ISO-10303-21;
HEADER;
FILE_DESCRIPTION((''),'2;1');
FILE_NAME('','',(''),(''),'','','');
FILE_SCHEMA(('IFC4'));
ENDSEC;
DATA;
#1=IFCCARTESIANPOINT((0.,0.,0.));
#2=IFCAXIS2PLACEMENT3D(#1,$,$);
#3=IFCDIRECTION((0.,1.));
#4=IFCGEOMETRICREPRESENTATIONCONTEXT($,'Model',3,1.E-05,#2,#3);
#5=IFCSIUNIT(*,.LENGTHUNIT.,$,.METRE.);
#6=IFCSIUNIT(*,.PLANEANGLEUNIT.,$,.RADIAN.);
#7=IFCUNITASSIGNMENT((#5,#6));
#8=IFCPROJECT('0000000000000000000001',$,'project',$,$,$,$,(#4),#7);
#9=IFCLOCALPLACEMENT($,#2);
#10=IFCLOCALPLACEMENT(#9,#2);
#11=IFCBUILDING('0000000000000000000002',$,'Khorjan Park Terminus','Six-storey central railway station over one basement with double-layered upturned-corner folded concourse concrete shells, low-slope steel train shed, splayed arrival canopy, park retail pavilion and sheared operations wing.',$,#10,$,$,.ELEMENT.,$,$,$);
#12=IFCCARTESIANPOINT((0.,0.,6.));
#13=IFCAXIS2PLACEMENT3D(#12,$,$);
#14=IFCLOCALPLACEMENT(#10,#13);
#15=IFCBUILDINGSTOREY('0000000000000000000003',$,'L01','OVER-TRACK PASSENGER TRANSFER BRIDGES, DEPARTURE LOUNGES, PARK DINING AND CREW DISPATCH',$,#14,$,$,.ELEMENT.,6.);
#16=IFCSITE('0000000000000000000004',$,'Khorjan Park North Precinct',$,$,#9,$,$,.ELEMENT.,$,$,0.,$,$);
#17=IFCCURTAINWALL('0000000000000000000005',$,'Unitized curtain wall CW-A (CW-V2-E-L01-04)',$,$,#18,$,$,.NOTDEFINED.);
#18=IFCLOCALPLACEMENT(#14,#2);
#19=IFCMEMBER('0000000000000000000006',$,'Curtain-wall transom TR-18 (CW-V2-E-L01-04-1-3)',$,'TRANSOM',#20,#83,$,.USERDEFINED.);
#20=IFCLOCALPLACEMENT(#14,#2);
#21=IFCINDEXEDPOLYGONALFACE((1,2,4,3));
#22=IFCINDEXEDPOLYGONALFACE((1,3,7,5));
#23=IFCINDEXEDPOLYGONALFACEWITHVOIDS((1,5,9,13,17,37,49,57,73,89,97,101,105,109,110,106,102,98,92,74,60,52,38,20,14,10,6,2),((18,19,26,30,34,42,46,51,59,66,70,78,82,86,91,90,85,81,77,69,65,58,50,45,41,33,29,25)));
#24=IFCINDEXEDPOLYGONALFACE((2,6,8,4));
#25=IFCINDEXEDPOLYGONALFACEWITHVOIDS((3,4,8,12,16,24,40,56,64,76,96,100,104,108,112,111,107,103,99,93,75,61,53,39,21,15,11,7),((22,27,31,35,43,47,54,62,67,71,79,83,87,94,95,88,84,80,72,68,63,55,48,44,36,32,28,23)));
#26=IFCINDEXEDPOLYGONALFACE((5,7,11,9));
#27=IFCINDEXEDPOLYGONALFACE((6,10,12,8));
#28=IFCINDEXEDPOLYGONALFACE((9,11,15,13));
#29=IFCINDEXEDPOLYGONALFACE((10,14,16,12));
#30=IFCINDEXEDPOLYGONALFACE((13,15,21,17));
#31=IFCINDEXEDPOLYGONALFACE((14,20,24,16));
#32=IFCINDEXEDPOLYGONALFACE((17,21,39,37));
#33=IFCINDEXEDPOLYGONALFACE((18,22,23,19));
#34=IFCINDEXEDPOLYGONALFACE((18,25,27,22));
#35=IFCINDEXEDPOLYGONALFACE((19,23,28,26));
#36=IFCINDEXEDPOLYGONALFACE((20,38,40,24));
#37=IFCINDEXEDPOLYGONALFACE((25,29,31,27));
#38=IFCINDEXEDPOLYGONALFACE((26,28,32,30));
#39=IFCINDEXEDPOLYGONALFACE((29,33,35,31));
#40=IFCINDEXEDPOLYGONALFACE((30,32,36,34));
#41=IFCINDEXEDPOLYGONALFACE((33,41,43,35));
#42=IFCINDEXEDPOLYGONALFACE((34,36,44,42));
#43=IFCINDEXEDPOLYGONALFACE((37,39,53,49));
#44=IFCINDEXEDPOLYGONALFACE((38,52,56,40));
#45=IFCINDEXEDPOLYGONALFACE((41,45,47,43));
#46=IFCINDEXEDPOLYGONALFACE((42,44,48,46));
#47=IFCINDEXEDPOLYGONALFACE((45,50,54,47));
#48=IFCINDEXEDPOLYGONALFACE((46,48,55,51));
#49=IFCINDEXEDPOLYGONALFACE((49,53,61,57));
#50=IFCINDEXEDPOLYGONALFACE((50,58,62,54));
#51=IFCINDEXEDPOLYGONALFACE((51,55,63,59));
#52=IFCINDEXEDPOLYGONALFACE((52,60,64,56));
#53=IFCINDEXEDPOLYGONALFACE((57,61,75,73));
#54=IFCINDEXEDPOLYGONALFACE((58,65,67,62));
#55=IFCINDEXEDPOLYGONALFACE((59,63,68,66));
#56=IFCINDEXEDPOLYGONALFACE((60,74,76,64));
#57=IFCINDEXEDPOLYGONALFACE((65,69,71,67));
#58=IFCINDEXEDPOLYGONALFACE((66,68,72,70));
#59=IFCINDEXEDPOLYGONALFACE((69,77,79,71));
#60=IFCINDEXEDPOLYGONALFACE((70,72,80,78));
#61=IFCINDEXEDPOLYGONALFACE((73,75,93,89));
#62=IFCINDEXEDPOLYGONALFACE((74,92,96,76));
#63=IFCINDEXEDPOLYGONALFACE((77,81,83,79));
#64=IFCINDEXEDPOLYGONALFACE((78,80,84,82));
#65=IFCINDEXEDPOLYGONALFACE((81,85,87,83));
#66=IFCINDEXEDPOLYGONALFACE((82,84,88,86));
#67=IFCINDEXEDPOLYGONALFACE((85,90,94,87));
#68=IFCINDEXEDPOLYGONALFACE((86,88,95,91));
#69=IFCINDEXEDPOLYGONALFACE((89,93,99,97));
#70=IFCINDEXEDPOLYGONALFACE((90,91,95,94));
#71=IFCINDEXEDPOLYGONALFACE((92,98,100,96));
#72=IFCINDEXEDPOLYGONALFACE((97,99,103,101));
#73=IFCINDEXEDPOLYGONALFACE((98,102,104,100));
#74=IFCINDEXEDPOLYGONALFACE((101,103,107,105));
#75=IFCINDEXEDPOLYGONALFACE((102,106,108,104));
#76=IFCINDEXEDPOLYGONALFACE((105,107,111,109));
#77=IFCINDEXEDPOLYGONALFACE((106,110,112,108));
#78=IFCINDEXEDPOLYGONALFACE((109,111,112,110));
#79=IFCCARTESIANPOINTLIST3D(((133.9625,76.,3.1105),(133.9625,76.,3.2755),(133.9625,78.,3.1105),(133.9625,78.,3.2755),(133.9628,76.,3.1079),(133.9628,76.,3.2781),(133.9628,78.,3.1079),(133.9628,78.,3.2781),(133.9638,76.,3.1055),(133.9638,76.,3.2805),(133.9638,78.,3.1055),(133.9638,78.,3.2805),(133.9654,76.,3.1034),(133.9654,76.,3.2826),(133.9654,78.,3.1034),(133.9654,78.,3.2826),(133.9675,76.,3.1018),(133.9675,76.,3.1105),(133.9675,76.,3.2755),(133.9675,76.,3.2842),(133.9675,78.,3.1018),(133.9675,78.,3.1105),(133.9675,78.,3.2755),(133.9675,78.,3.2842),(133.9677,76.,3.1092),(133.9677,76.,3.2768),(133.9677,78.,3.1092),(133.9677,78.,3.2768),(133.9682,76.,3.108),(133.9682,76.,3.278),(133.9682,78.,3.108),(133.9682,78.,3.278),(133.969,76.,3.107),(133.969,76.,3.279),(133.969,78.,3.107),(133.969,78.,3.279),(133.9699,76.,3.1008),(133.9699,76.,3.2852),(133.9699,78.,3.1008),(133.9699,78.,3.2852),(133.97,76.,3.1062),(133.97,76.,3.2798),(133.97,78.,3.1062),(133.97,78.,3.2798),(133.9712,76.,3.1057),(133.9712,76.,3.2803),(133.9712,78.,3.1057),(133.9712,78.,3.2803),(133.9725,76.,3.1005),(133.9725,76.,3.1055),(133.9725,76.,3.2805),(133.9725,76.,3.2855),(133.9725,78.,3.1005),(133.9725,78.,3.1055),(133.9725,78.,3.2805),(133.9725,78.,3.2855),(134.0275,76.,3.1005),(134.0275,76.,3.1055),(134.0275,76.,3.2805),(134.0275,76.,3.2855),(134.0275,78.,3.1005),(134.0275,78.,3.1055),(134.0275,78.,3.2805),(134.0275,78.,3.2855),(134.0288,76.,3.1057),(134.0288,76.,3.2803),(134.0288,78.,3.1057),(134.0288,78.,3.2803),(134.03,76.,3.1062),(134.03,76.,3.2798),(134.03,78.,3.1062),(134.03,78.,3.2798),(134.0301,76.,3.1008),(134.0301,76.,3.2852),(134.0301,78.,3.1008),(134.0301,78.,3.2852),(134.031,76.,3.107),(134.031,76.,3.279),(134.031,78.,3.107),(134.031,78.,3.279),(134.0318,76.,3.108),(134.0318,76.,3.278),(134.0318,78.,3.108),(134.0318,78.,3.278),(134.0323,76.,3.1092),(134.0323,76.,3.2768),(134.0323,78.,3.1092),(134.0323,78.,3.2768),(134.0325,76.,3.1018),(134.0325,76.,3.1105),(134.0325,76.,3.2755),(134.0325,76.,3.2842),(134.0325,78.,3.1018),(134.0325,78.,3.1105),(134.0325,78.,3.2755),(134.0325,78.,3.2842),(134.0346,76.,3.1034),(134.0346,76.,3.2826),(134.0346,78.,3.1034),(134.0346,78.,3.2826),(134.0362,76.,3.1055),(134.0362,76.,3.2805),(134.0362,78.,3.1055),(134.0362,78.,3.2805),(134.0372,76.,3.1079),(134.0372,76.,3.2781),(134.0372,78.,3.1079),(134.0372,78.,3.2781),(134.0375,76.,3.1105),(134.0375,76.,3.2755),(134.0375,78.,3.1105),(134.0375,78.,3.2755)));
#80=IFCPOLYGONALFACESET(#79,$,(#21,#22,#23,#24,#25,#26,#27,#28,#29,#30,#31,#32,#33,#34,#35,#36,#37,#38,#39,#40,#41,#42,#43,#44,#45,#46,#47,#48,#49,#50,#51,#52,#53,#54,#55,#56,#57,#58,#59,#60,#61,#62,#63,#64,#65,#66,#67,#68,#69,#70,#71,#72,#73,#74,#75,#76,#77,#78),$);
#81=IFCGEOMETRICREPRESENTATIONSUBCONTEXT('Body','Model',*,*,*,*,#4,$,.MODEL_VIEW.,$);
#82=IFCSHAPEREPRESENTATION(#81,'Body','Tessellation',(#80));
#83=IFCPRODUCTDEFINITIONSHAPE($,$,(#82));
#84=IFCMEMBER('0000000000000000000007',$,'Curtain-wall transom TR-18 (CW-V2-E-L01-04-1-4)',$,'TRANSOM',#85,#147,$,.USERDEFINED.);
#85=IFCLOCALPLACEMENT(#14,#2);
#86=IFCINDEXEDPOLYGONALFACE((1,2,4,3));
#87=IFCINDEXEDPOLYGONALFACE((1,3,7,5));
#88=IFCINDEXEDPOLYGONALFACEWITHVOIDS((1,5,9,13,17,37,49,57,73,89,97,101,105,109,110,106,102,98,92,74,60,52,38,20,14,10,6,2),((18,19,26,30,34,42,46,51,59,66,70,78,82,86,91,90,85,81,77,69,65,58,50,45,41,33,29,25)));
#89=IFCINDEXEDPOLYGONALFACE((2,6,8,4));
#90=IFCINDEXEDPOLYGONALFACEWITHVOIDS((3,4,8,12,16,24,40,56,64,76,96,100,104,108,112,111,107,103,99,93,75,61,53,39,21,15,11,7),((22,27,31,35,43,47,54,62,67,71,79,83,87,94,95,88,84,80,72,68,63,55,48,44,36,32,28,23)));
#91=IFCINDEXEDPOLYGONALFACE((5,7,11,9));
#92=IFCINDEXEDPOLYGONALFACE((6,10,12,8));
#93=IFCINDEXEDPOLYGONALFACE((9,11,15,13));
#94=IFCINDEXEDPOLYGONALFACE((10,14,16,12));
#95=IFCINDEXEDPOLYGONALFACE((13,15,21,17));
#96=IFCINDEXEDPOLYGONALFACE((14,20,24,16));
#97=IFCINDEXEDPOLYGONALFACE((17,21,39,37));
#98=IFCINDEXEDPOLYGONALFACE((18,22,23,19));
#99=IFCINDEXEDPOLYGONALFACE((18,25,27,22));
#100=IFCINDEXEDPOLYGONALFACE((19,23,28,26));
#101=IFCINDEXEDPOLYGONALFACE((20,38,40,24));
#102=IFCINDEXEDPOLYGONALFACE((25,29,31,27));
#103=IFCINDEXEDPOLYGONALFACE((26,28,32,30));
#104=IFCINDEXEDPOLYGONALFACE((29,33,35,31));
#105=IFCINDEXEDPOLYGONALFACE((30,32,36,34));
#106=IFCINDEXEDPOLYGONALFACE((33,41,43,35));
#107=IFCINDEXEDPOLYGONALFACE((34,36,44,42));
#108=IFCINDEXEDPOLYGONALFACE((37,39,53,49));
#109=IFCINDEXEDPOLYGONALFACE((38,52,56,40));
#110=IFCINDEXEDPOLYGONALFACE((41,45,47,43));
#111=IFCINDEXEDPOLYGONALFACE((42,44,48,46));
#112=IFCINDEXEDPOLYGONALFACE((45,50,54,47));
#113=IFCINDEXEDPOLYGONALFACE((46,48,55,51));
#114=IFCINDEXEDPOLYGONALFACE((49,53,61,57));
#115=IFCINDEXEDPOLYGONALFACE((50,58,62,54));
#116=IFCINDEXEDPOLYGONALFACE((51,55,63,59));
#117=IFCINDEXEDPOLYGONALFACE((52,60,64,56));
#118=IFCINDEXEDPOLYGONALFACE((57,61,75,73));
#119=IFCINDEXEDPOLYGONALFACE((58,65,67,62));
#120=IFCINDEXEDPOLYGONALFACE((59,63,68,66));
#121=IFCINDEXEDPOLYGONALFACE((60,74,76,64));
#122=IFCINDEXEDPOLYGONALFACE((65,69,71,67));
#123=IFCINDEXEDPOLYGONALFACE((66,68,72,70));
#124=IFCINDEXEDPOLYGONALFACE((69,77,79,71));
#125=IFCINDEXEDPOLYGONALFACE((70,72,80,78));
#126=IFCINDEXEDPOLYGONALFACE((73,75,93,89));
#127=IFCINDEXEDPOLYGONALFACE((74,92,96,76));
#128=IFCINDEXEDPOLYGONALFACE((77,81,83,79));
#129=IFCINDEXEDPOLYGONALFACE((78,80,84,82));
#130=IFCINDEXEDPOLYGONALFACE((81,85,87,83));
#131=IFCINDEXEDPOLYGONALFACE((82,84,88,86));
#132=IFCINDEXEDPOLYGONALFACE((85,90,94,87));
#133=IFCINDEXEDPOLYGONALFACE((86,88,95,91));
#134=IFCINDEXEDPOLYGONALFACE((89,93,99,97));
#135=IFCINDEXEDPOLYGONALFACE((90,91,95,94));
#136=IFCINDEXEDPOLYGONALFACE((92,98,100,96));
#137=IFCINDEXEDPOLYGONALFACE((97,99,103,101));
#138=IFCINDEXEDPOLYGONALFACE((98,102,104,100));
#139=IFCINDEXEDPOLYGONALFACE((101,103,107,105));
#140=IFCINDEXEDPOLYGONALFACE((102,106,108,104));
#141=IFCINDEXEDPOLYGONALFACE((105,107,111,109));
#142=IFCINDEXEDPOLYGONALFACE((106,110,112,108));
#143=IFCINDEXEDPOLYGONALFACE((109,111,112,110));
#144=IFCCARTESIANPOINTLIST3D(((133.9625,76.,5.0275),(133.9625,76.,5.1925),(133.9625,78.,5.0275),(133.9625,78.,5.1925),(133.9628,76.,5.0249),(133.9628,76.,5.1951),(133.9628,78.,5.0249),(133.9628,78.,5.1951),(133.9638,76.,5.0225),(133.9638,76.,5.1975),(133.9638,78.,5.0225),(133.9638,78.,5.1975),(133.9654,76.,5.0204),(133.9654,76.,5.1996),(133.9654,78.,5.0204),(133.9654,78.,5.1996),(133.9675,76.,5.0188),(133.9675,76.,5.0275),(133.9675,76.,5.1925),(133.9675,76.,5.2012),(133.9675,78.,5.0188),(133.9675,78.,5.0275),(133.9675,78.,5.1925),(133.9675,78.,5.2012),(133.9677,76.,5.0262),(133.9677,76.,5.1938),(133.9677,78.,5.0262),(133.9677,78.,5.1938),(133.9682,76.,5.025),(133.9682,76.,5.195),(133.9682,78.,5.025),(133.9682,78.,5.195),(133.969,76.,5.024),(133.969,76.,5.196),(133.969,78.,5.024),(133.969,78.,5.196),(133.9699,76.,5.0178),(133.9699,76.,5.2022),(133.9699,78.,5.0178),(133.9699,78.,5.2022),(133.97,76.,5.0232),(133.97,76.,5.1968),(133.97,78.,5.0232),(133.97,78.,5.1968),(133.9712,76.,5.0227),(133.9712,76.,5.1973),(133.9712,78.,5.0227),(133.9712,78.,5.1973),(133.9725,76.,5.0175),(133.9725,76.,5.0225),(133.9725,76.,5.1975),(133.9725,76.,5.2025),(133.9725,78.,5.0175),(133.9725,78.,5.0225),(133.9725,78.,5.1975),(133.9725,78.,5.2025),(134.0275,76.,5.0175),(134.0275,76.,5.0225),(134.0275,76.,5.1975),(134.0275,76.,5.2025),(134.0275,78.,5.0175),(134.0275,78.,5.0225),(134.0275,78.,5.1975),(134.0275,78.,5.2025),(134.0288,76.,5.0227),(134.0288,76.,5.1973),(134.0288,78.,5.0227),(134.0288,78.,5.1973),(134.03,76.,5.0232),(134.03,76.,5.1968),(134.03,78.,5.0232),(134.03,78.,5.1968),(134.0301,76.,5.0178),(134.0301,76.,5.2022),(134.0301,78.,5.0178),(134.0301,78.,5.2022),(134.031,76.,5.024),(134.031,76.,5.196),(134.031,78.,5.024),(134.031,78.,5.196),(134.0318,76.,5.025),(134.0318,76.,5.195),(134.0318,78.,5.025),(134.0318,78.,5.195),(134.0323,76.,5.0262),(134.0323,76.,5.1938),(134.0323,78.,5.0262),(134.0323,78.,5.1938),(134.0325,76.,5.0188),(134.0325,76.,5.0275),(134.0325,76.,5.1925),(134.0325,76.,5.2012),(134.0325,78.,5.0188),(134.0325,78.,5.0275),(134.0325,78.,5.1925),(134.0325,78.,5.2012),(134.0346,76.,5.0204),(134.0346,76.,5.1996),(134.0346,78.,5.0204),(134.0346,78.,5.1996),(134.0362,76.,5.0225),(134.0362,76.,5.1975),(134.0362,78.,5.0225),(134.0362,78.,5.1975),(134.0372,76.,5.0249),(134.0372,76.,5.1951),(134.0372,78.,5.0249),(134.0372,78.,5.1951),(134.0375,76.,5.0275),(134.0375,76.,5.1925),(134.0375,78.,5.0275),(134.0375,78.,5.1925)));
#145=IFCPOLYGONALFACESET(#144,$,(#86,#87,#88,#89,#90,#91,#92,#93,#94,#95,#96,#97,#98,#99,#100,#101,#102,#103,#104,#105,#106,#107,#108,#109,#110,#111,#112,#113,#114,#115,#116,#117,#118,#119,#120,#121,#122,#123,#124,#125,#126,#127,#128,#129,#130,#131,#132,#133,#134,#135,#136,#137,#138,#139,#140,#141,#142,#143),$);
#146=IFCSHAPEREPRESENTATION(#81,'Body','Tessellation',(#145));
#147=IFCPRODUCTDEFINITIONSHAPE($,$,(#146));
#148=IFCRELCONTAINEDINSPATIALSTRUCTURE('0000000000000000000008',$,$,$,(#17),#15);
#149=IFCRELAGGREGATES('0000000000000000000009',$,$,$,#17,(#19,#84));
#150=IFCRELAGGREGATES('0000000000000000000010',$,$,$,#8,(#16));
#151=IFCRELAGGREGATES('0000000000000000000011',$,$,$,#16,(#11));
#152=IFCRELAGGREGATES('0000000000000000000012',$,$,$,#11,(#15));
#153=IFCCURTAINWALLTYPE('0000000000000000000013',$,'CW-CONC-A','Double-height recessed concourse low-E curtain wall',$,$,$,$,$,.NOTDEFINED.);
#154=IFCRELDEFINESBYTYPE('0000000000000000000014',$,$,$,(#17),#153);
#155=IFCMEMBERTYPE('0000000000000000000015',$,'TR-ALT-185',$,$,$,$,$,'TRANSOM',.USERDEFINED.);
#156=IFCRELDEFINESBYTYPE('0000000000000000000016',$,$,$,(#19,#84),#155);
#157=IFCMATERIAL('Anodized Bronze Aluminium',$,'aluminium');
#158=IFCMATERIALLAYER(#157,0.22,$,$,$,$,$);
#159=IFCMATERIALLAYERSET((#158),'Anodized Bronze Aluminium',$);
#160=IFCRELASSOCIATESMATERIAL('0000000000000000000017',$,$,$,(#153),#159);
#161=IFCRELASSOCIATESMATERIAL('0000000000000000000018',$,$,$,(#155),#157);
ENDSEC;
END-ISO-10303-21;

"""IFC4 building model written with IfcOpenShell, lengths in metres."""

from ifc_helpers import new_model, si_unit, direction, frame, origin, origin_2d, place, context, subcontext, project, spatial, hollow_rectangle, extrude, material, layer, layer_set, material_profile, profile_set, type_object, element, aggregate, save


model = new_model("IFC4")

# Units and contexts
model_context = context("Model", 3, precision=1e-05, world=origin(), true_north=direction((0.0, 1.0)))
body_context = subcontext(model_context, "Body", "Model", "MODEL_VIEW")
ifc_project = project(units=[si_unit("LENGTHUNIT", "METRE"), si_unit("PLANEANGLEUNIT", "RADIAN")], contexts=[model_context])

# Site, building, storey
site_placement = place(None, origin())
site = spatial("IfcSite", under=ifc_project, at=site_placement, Name="Khorjan Park North Precinct", CompositionType="ELEMENT", RefElevation=0.0)
building_placement = place(site_placement, origin())
building = spatial("IfcBuilding", under=site, at=building_placement, Name="Khorjan Park Terminus", Description="Six-storey central railway station over one basement with double-layered upturned-corner folded concourse concrete shells, low-slope steel train shed, splayed arrival canopy, park retail pavilion and sheared operations wing.", CompositionType="ELEMENT")
storey_placement = place(building_placement, frame((0.0, 0.0, 6.0)))
storey = spatial("IfcBuildingStorey", under=building, at=storey_placement, Name="L01", Description="OVER-TRACK PASSENGER TRANSFER BRIDGES, DEPARTURE LOUNGES, PARK DINING AND CREW DISPATCH", CompositionType="ELEMENT", Elevation=6.0)

# Shared definitions
ifc_material_1 = material(Name="Anodized Bronze Aluminium", Category="aluminium")

# Curtain wall
ifc_layer_1 = layer(ifc_material_1, 0.22)
ifc_layer_set_1 = layer_set([ifc_layer_1], Name="Anodized Bronze Aluminium")
curtain_wall_type_1 = type_object("IfcCurtainWallType", Name="CW-CONC-A", Description="Double-height recessed concourse low-E curtain wall", PredefinedType="NOTDEFINED", material=ifc_layer_set_1)
curtain_wall_1_placement = place(storey_placement, origin())
curtain_wall_1 = element("IfcCurtainWall", 1, at=curtain_wall_1_placement, inside=storey, type_object=curtain_wall_type_1, Name="Unitized curtain wall CW-A (CW-V2-E-L01-04)", PredefinedType="NOTDEFINED")

# Members
ifc_material_profile_1 = material_profile(ifc_material_1, hollow_rectangle(XDim=0.075, YDim=0.185, WallThickness=0.005, InnerFilletRadius=0.005, OuterFilletRadius=0.01, at=origin_2d()), Name="ALT 75x185x5")
ifc_profile_set_1 = profile_set([ifc_material_profile_1], Name="Anodized Bronze Aluminium")
member_type_1 = type_object("IfcMemberType", Name="TR-ALT-185", ElementType="TRANSOM", PredefinedType="USERDEFINED", material=ifc_profile_set_1)
member_1_placement = place(storey_placement, frame((134.0, 76.0, 3.193), z_axis=(0.0, 1.0, 0.0), x_axis=(-1.0, 0.0, 0.0)))
member_1 = element("IfcMember", 2, at=member_1_placement, type_object=member_type_1, Name="Curtain-wall transom TR-18 (CW-V2-E-L01-04-1-3)", ObjectType="TRANSOM", PredefinedType="USERDEFINED", context=body_context, shape_type="SweptSolid", body=[
    extrude(hollow_rectangle(XDim=0.075, YDim=0.185, WallThickness=0.005, InnerFilletRadius=0.005, OuterFilletRadius=0.01, at=origin_2d()), origin(), (0.0, 0.0, 1.0), 2.0),
])
member_2_placement = place(storey_placement, frame((134.0, 76.0, 5.11), z_axis=(0.0, 1.0, 0.0), x_axis=(-1.0, 0.0, 0.0)))
member_2 = element("IfcMember", 3, at=member_2_placement, type_object=member_type_1, Name="Curtain-wall transom TR-18 (CW-V2-E-L01-04-1-4)", ObjectType="TRANSOM", PredefinedType="USERDEFINED", context=body_context, shape_type="SweptSolid", body=[
    extrude(hollow_rectangle(XDim=0.075, YDim=0.185, WallThickness=0.005, InnerFilletRadius=0.005, OuterFilletRadius=0.01, at=origin_2d()), origin(), (0.0, 0.0, 1.0), 2.0),
])

aggregate(curtain_wall_1, [member_1, member_2])

save(model, "model.ifc")
